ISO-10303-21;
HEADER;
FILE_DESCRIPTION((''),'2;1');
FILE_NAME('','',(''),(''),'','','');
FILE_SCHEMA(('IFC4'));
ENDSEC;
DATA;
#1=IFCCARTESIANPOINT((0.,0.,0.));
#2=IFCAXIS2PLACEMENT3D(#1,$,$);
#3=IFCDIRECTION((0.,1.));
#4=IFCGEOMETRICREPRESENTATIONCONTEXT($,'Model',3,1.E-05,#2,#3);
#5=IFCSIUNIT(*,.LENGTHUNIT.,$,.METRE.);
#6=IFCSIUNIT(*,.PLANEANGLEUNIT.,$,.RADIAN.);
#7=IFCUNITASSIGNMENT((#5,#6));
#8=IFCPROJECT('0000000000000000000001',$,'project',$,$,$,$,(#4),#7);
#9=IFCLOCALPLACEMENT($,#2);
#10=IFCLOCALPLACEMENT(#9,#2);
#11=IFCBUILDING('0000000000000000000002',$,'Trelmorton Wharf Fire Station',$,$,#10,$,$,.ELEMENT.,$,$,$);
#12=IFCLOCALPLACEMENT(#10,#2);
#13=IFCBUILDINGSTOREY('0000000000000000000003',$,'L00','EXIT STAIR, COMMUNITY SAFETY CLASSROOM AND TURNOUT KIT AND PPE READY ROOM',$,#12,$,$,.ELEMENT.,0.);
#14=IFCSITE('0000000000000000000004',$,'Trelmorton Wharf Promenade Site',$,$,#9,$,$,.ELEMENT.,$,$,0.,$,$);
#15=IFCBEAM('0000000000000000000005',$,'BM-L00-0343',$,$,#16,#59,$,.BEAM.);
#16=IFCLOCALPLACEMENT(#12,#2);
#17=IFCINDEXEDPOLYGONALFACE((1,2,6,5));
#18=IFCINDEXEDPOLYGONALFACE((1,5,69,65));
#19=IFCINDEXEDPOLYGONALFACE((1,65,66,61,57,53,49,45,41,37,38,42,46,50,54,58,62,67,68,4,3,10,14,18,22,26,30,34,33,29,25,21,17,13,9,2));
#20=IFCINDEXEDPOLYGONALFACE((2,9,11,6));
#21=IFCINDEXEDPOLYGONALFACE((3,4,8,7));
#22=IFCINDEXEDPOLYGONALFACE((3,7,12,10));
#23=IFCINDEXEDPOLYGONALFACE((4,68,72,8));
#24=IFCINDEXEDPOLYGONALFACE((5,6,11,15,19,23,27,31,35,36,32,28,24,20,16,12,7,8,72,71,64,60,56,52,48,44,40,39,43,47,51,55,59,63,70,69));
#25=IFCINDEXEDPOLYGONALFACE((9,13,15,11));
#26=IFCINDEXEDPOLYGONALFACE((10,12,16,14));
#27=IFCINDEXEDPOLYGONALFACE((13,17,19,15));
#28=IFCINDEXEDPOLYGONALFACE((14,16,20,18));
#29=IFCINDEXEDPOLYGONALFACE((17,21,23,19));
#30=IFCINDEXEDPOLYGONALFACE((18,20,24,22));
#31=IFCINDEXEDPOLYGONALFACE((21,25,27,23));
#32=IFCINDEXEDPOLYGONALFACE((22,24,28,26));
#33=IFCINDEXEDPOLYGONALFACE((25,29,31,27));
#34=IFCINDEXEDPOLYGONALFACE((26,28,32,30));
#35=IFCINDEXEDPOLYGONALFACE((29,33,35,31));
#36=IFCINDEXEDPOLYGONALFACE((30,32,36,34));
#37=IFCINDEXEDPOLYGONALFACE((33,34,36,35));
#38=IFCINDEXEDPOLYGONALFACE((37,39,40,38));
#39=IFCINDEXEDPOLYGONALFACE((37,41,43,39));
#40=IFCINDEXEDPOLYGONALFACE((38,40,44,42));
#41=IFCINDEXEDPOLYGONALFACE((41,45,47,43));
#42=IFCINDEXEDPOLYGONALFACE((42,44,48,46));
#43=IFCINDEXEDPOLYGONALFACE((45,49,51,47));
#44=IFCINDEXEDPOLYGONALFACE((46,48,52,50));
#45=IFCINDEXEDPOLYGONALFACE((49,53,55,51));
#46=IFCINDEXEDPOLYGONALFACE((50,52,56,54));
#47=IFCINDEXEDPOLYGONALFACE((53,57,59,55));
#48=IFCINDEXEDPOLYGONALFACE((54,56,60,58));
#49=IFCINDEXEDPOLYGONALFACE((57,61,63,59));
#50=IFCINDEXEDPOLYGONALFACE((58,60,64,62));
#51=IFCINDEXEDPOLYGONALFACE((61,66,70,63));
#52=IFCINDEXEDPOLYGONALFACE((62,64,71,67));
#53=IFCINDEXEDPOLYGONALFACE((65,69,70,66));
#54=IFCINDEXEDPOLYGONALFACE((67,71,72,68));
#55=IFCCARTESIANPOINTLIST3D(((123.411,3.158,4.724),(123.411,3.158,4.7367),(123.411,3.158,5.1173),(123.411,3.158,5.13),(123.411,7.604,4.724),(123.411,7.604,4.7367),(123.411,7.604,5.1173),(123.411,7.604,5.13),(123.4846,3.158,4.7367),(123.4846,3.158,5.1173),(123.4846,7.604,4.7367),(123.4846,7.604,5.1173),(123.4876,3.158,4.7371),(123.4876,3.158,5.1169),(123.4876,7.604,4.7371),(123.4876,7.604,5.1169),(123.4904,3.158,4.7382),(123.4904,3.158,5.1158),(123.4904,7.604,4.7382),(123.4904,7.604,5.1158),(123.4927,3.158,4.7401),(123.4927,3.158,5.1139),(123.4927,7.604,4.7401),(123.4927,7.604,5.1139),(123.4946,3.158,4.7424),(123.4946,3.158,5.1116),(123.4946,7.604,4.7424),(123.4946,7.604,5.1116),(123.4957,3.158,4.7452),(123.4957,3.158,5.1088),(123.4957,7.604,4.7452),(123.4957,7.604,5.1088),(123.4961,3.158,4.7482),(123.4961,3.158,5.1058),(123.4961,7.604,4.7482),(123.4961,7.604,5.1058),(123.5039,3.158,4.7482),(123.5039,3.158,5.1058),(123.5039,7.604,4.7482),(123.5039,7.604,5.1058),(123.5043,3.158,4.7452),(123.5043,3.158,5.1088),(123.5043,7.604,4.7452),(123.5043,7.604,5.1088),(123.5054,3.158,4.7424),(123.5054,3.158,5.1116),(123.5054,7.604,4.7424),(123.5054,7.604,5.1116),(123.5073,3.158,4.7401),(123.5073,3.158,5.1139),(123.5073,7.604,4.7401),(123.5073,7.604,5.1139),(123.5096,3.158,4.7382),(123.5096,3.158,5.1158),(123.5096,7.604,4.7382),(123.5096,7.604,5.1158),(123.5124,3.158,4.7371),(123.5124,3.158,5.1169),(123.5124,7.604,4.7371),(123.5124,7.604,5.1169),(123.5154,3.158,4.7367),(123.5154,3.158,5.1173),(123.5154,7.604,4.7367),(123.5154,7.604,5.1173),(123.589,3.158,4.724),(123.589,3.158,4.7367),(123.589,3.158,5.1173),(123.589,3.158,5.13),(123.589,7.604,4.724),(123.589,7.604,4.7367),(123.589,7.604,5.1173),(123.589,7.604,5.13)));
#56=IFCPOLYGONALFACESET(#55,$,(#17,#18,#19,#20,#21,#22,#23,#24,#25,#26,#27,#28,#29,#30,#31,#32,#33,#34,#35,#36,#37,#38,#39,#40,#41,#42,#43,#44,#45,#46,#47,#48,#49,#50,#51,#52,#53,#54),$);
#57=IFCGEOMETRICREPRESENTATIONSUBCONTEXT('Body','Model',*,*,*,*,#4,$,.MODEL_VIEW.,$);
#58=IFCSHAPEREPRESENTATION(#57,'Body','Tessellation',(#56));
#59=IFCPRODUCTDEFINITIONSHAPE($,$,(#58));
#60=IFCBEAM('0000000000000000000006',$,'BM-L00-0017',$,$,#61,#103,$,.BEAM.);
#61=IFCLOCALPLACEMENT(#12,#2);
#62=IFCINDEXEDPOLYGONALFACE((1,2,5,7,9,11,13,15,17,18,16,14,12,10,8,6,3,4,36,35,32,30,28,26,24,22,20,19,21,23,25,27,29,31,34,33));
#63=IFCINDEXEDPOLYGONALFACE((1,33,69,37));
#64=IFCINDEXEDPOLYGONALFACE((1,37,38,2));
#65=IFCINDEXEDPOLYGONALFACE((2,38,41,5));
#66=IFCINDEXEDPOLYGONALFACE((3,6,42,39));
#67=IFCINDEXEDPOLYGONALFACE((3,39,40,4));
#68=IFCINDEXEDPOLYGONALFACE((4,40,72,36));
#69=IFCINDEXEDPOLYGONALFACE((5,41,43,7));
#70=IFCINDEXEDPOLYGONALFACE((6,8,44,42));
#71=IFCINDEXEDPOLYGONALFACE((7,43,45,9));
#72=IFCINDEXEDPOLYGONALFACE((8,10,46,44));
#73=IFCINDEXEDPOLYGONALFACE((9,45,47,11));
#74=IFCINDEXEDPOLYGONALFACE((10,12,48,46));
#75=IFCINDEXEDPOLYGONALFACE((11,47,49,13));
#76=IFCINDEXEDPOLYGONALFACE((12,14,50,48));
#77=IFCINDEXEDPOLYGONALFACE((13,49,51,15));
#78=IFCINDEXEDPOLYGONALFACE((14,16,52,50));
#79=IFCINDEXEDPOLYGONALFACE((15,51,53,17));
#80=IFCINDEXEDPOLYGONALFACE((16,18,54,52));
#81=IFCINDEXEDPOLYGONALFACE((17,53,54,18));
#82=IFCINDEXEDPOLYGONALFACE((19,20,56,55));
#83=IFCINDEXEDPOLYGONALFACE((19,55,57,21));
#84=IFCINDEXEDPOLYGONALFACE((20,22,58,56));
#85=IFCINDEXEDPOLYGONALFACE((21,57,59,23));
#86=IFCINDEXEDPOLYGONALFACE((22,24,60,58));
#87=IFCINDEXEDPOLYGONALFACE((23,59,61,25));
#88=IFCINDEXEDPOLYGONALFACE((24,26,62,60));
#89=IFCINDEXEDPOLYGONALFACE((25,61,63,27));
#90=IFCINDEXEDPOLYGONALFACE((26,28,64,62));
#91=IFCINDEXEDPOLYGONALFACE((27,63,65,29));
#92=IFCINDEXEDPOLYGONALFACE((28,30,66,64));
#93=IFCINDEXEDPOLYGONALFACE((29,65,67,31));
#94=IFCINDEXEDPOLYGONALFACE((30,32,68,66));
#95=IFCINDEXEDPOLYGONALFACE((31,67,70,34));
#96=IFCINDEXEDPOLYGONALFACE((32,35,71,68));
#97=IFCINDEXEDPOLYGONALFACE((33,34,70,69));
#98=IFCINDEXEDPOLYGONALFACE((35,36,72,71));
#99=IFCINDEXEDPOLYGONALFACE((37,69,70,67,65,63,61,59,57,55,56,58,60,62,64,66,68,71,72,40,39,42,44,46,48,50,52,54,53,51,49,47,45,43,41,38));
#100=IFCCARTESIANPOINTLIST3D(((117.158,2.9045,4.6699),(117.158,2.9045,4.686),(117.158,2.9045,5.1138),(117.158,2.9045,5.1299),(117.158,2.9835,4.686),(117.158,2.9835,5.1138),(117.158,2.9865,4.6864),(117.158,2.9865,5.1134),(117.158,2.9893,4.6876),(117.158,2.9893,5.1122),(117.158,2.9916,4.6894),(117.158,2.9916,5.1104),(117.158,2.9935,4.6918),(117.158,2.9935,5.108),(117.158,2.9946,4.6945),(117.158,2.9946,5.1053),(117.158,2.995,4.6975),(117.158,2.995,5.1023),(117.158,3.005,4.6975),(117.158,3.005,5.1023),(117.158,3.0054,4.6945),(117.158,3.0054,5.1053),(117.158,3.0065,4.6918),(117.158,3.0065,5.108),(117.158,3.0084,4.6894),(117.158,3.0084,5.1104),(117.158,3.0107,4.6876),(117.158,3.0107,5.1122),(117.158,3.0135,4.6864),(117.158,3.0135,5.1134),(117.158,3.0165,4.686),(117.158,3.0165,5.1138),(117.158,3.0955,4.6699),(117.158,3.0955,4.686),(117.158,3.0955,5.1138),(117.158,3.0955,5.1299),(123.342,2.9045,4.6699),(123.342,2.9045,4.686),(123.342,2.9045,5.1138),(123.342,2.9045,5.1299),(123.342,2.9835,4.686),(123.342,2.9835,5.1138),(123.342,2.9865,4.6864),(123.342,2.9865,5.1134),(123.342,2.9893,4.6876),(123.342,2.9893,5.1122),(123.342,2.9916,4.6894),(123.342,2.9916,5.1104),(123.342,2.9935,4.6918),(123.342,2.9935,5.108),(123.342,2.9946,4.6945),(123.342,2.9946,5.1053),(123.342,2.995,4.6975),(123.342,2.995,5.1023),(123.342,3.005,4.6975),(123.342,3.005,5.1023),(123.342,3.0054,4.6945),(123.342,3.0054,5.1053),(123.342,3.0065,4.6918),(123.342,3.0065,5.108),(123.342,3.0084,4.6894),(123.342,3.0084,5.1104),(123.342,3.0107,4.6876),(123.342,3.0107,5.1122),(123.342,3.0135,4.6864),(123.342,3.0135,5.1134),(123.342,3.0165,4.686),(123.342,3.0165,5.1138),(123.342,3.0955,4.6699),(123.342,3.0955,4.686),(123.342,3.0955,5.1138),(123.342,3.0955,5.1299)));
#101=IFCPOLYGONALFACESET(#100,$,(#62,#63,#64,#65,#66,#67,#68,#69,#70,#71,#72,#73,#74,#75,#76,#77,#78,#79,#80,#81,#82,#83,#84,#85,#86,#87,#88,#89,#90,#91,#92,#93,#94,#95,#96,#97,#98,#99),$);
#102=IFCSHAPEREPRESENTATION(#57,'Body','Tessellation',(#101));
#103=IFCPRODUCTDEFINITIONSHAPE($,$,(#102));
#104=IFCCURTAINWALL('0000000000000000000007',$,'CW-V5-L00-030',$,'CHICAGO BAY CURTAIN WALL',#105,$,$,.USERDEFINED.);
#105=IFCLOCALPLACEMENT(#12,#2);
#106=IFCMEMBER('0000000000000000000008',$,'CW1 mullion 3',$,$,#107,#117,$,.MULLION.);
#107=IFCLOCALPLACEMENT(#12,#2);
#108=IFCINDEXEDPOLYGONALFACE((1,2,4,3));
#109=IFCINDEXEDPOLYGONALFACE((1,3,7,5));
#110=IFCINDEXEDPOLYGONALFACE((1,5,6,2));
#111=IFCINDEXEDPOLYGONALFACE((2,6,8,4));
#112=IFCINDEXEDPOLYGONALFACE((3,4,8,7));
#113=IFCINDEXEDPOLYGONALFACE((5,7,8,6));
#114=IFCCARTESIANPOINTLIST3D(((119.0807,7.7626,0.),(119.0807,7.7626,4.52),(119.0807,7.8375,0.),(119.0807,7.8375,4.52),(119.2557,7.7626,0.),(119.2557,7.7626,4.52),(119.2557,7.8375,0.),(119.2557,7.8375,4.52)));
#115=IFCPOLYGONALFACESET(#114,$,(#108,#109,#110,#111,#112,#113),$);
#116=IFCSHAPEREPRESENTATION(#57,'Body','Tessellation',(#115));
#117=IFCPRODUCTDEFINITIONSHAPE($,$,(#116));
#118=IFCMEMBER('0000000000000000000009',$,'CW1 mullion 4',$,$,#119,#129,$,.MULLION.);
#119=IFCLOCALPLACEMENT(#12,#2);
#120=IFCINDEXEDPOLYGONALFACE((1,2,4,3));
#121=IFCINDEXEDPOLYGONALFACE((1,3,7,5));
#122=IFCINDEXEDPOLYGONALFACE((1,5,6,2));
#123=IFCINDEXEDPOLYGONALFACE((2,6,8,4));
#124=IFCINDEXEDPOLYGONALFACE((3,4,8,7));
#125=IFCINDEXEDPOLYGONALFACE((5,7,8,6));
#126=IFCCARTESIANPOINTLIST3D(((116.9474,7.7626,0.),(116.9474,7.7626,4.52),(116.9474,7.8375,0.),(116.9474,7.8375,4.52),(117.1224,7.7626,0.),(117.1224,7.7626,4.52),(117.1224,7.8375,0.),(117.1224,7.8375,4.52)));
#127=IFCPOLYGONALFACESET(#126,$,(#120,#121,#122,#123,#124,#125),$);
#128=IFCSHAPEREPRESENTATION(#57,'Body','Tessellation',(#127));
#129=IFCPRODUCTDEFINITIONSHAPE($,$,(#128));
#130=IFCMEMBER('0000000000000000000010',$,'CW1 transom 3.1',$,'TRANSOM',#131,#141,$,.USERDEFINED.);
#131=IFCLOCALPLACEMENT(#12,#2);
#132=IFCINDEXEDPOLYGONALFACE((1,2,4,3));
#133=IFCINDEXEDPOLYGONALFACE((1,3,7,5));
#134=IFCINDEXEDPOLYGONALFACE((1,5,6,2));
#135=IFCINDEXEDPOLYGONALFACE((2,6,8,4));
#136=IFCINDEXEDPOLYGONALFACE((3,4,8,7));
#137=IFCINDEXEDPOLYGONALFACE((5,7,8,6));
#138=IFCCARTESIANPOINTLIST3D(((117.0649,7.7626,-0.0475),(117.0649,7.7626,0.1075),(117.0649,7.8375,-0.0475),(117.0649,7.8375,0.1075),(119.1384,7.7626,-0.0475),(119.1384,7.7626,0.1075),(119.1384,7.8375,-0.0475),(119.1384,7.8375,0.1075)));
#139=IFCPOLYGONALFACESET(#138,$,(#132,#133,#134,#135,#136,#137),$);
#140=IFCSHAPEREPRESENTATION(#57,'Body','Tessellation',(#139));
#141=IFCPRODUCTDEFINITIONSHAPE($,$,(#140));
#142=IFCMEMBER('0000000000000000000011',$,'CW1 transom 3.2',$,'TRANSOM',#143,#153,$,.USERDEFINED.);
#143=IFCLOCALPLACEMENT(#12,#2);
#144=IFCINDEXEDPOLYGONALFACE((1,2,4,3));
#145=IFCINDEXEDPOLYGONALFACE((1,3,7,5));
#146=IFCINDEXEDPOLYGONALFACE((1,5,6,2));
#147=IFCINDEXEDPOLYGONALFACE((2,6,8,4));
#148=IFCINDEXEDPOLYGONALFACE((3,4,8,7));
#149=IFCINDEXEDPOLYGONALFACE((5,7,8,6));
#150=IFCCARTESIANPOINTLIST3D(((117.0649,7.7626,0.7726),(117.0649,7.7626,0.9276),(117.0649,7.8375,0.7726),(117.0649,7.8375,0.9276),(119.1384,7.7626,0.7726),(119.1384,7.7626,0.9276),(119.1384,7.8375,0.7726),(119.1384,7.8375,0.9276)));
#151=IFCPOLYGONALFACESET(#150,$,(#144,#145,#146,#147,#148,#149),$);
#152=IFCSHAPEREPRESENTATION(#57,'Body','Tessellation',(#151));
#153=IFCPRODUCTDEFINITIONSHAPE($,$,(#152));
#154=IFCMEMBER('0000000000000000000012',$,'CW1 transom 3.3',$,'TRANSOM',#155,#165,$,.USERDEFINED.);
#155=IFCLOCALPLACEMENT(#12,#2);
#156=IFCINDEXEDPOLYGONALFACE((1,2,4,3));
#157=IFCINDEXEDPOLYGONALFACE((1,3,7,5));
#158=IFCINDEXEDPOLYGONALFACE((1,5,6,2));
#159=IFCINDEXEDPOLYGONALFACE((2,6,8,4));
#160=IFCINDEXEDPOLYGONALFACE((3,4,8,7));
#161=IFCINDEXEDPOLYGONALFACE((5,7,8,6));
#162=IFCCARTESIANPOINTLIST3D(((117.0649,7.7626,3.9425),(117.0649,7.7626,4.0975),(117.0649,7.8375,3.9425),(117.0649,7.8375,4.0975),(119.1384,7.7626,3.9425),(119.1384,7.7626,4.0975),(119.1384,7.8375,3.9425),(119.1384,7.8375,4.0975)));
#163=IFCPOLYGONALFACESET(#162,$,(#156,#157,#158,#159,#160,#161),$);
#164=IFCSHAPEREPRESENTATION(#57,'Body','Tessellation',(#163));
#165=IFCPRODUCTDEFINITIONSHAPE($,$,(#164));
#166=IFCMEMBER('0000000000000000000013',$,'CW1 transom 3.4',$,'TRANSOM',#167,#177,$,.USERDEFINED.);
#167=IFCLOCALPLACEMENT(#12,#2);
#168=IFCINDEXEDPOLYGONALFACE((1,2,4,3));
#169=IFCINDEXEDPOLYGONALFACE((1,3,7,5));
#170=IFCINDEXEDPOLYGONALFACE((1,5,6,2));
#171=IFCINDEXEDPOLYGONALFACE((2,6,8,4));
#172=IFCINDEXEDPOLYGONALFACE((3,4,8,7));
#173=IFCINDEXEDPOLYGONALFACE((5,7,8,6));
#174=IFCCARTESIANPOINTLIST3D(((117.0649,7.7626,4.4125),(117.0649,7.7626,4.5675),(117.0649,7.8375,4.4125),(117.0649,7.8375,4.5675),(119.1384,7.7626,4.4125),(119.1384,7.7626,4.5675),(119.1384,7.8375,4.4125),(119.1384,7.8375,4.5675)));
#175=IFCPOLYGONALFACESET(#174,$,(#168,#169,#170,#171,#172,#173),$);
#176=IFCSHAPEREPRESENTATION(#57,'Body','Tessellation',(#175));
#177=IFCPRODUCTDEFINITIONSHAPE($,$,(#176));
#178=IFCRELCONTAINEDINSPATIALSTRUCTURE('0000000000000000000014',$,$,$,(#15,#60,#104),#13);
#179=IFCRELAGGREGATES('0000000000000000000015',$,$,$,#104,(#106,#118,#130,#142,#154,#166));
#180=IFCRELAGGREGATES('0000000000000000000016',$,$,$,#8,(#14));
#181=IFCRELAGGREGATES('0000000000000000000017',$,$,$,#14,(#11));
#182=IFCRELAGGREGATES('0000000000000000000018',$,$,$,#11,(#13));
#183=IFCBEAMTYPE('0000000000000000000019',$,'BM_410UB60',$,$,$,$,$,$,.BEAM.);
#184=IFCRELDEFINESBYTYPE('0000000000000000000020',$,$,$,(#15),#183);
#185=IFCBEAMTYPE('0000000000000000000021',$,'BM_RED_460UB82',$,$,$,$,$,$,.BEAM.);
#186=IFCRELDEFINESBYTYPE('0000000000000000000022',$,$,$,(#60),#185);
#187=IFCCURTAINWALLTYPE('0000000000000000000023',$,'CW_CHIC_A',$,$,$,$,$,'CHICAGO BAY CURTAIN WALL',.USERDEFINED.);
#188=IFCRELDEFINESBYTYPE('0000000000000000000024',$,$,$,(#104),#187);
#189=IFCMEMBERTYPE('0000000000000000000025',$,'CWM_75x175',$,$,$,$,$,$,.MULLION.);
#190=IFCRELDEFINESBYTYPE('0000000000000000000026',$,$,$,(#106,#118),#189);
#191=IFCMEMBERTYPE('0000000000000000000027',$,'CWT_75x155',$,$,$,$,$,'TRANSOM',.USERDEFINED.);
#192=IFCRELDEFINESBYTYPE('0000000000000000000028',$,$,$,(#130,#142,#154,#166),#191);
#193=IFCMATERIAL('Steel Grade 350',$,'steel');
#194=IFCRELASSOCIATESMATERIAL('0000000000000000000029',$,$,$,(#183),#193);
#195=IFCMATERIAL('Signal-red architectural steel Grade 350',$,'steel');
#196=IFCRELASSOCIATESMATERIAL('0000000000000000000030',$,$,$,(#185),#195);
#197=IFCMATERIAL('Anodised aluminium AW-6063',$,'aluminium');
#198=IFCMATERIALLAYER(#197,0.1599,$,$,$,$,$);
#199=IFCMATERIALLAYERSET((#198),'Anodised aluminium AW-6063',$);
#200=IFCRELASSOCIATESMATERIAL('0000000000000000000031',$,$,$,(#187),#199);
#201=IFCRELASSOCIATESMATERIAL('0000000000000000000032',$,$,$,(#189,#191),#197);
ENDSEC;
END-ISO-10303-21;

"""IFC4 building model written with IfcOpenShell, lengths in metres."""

from ifc_helpers import new_model, si_unit, direction, frame, origin, origin_2d, place, context, subcontext, project, spatial, rectangle, i_section, extrude, material, layer, layer_set, material_profile, profile_set, type_object, element, aggregate, save


model = new_model("IFC4")

# Units and contexts
model_context = context("Model", 3, precision=1e-05, world=origin(), true_north=direction((0.0, 1.0)))
body_context = subcontext(model_context, "Body", "Model", "MODEL_VIEW")
ifc_project = project(units=[si_unit("LENGTHUNIT", "METRE"), si_unit("PLANEANGLEUNIT", "RADIAN")], contexts=[model_context])

# Site, building, storey
site_placement = place(None, origin())
site = spatial("IfcSite", under=ifc_project, at=site_placement, Name="Trelmorton Wharf Promenade Site", CompositionType="ELEMENT", RefElevation=0.0)
building_placement = place(site_placement, origin())
building = spatial("IfcBuilding", under=site, at=building_placement, Name="Trelmorton Wharf Fire Station", CompositionType="ELEMENT")
storey_placement = place(building_placement, origin())
storey = spatial("IfcBuildingStorey", under=building, at=storey_placement, Name="L00", Description="EXIT STAIR, COMMUNITY SAFETY CLASSROOM AND TURNOUT KIT AND PPE READY ROOM", CompositionType="ELEMENT", Elevation=0.0)

# Shared definitions
ifc_material_1 = material(Name="Steel Grade 350", Category="steel")

# Beams
ifc_material_profile_1 = material_profile(ifc_material_1, i_section(OverallWidth=0.178, OverallDepth=0.406, WebThickness=0.0078, FlangeThickness=0.0127, FilletRadius=0.0115, at=origin_2d()), Name="410UB59.7")
ifc_profile_set_1 = profile_set([ifc_material_profile_1], Name="Steel Grade 350")
beam_type_1 = type_object("IfcBeamType", Name="BM_410UB60", PredefinedType="BEAM", material=ifc_profile_set_1)
beam_1_placement = place(storey_placement, frame((123.5, 3.158, 4.927), z_axis=(0.0, 1.0, 0.0), x_axis=(-1.0, 0.0, 0.0)))
element("IfcBeam", 1, at=beam_1_placement, inside=storey, type_object=beam_type_1, Name="BM-L00-0343", PredefinedType="BEAM", context=body_context, shape_type="SweptSolid", body=[
    extrude(i_section(OverallWidth=0.178, OverallDepth=0.406, WebThickness=0.0078, FlangeThickness=0.0127, FilletRadius=0.0115, at=origin_2d()), origin(), (0.0, 0.0, 1.0), 4.446),
])
ifc_material_2 = material(Name="Signal-red architectural steel Grade 350", Category="steel")
ifc_material_profile_2 = material_profile(ifc_material_2, i_section(OverallWidth=0.1909, OverallDepth=0.46, WebThickness=0.01, FlangeThickness=0.0161, FilletRadius=0.0115, at=origin_2d()), Name="460UB82.1")
ifc_profile_set_2 = profile_set([ifc_material_profile_2], Name="Signal-red architectural steel Grade 350")
beam_type_2 = type_object("IfcBeamType", Name="BM_RED_460UB82", PredefinedType="BEAM", material=ifc_profile_set_2)
beam_2_placement = place(storey_placement, frame((117.158, 3.0, 4.8999), z_axis=(1.0, 0.0, 0.0), x_axis=(0.0, 1.0, 0.0)))
element("IfcBeam", 2, at=beam_2_placement, inside=storey, type_object=beam_type_2, Name="BM-L00-0017", PredefinedType="BEAM", context=body_context, shape_type="SweptSolid", body=[
    extrude(i_section(OverallWidth=0.1909, OverallDepth=0.46, WebThickness=0.01, FlangeThickness=0.0161, FilletRadius=0.0115, at=origin_2d()), origin(), (0.0, 0.0, 1.0), 6.1841),
])

# Curtain wall, members
ifc_material_3 = material(Name="Anodised aluminium AW-6063", Category="aluminium")
ifc_layer_1 = layer(ifc_material_3, 0.1599)
ifc_layer_set_1 = layer_set([ifc_layer_1], Name="Anodised aluminium AW-6063")
curtain_wall_type = type_object("IfcCurtainWallType", Name="CW_CHIC_A", ElementType="CHICAGO BAY CURTAIN WALL", PredefinedType="USERDEFINED", material=ifc_layer_set_1)
curtain_wall_placement = place(storey_placement, origin())
curtain_wall = element("IfcCurtainWall", 3, at=curtain_wall_placement, inside=storey, type_object=curtain_wall_type, Name="CW-V5-L00-030", ObjectType="CHICAGO BAY CURTAIN WALL", PredefinedType="USERDEFINED")
ifc_material_profile_3 = material_profile(ifc_material_3, rectangle(XDim=0.075, YDim=0.175, at=origin_2d()), Name="ALU-75x175")
ifc_profile_set_3 = profile_set([ifc_material_profile_3], Name="Anodised aluminium AW-6063")
member_type_1 = type_object("IfcMemberType", Name="CWM_75x175", PredefinedType="MULLION", material=ifc_profile_set_3)
member_1_placement = place(storey_placement, frame((119.1682, 7.8, 0.0), z_axis=(0.0, 0.0, 1.0), x_axis=(0.0, -1.0, 0.0)))
member_1 = element("IfcMember", 4, at=member_1_placement, type_object=member_type_1, Name="CW1 mullion 3", PredefinedType="MULLION", context=body_context, shape_type="SweptSolid", body=[
    extrude(rectangle(XDim=0.075, YDim=0.175, at=origin_2d()), origin(), (0.0, 0.0, 1.0), 4.52),
])
member_2_placement = place(storey_placement, frame((117.0349, 7.8, 0.0), z_axis=(0.0, 0.0, 1.0), x_axis=(0.0, -1.0, 0.0)))
member_2 = element("IfcMember", 5, at=member_2_placement, type_object=member_type_1, Name="CW1 mullion 4", PredefinedType="MULLION", context=body_context, shape_type="SweptSolid", body=[
    extrude(rectangle(XDim=0.075, YDim=0.175, at=origin_2d()), origin(), (0.0, 0.0, 1.0), 4.52),
])
ifc_material_profile_4 = material_profile(ifc_material_3, rectangle(XDim=0.075, YDim=0.155, at=origin_2d()), Name="ALU-75x155")
ifc_profile_set_4 = profile_set([ifc_material_profile_4], Name="Anodised aluminium AW-6063")
member_type_2 = type_object("IfcMemberType", Name="CWT_75x155", ElementType="TRANSOM", PredefinedType="USERDEFINED", material=ifc_profile_set_4)
member_3_placement = place(storey_placement, frame((119.1384, 7.8, 0.03), z_axis=(-1.0, 0.0, 0.0), x_axis=(0.0, -1.0, 0.0)))
member_3 = element("IfcMember", 6, at=member_3_placement, type_object=member_type_2, Name="CW1 transom 3.1", ObjectType="TRANSOM", PredefinedType="USERDEFINED", context=body_context, shape_type="SweptSolid", body=[
    extrude(rectangle(XDim=0.075, YDim=0.155, at=origin_2d()), origin(), (0.0, 0.0, 1.0), 2.0735),
])
member_4_placement = place(storey_placement, frame((119.1384, 7.8, 0.8501), z_axis=(-1.0, 0.0, 0.0), x_axis=(0.0, -1.0, 0.0)))
member_4 = element("IfcMember", 7, at=member_4_placement, type_object=member_type_2, Name="CW1 transom 3.2", ObjectType="TRANSOM", PredefinedType="USERDEFINED", context=body_context, shape_type="SweptSolid", body=[
    extrude(rectangle(XDim=0.075, YDim=0.155, at=origin_2d()), origin(), (0.0, 0.0, 1.0), 2.0735),
])
member_5_placement = place(storey_placement, frame((119.1384, 7.8, 4.02), z_axis=(-1.0, 0.0, 0.0), x_axis=(0.0, -1.0, 0.0)))
member_5 = element("IfcMember", 8, at=member_5_placement, type_object=member_type_2, Name="CW1 transom 3.3", ObjectType="TRANSOM", PredefinedType="USERDEFINED", context=body_context, shape_type="SweptSolid", body=[
    extrude(rectangle(XDim=0.075, YDim=0.155, at=origin_2d()), origin(), (0.0, 0.0, 1.0), 2.0735),
])
member_6_placement = place(storey_placement, frame((119.1384, 7.8, 4.49), z_axis=(-1.0, 0.0, 0.0), x_axis=(0.0, -1.0, 0.0)))
member_6 = element("IfcMember", 9, at=member_6_placement, type_object=member_type_2, Name="CW1 transom 3.4", ObjectType="TRANSOM", PredefinedType="USERDEFINED", context=body_context, shape_type="SweptSolid", body=[
    extrude(rectangle(XDim=0.075, YDim=0.155, at=origin_2d()), origin(), (0.0, 0.0, 1.0), 2.0735),
])

aggregate(curtain_wall, [member_1, member_2, member_3, member_4, member_5, member_6])

save(model, "model.ifc")
